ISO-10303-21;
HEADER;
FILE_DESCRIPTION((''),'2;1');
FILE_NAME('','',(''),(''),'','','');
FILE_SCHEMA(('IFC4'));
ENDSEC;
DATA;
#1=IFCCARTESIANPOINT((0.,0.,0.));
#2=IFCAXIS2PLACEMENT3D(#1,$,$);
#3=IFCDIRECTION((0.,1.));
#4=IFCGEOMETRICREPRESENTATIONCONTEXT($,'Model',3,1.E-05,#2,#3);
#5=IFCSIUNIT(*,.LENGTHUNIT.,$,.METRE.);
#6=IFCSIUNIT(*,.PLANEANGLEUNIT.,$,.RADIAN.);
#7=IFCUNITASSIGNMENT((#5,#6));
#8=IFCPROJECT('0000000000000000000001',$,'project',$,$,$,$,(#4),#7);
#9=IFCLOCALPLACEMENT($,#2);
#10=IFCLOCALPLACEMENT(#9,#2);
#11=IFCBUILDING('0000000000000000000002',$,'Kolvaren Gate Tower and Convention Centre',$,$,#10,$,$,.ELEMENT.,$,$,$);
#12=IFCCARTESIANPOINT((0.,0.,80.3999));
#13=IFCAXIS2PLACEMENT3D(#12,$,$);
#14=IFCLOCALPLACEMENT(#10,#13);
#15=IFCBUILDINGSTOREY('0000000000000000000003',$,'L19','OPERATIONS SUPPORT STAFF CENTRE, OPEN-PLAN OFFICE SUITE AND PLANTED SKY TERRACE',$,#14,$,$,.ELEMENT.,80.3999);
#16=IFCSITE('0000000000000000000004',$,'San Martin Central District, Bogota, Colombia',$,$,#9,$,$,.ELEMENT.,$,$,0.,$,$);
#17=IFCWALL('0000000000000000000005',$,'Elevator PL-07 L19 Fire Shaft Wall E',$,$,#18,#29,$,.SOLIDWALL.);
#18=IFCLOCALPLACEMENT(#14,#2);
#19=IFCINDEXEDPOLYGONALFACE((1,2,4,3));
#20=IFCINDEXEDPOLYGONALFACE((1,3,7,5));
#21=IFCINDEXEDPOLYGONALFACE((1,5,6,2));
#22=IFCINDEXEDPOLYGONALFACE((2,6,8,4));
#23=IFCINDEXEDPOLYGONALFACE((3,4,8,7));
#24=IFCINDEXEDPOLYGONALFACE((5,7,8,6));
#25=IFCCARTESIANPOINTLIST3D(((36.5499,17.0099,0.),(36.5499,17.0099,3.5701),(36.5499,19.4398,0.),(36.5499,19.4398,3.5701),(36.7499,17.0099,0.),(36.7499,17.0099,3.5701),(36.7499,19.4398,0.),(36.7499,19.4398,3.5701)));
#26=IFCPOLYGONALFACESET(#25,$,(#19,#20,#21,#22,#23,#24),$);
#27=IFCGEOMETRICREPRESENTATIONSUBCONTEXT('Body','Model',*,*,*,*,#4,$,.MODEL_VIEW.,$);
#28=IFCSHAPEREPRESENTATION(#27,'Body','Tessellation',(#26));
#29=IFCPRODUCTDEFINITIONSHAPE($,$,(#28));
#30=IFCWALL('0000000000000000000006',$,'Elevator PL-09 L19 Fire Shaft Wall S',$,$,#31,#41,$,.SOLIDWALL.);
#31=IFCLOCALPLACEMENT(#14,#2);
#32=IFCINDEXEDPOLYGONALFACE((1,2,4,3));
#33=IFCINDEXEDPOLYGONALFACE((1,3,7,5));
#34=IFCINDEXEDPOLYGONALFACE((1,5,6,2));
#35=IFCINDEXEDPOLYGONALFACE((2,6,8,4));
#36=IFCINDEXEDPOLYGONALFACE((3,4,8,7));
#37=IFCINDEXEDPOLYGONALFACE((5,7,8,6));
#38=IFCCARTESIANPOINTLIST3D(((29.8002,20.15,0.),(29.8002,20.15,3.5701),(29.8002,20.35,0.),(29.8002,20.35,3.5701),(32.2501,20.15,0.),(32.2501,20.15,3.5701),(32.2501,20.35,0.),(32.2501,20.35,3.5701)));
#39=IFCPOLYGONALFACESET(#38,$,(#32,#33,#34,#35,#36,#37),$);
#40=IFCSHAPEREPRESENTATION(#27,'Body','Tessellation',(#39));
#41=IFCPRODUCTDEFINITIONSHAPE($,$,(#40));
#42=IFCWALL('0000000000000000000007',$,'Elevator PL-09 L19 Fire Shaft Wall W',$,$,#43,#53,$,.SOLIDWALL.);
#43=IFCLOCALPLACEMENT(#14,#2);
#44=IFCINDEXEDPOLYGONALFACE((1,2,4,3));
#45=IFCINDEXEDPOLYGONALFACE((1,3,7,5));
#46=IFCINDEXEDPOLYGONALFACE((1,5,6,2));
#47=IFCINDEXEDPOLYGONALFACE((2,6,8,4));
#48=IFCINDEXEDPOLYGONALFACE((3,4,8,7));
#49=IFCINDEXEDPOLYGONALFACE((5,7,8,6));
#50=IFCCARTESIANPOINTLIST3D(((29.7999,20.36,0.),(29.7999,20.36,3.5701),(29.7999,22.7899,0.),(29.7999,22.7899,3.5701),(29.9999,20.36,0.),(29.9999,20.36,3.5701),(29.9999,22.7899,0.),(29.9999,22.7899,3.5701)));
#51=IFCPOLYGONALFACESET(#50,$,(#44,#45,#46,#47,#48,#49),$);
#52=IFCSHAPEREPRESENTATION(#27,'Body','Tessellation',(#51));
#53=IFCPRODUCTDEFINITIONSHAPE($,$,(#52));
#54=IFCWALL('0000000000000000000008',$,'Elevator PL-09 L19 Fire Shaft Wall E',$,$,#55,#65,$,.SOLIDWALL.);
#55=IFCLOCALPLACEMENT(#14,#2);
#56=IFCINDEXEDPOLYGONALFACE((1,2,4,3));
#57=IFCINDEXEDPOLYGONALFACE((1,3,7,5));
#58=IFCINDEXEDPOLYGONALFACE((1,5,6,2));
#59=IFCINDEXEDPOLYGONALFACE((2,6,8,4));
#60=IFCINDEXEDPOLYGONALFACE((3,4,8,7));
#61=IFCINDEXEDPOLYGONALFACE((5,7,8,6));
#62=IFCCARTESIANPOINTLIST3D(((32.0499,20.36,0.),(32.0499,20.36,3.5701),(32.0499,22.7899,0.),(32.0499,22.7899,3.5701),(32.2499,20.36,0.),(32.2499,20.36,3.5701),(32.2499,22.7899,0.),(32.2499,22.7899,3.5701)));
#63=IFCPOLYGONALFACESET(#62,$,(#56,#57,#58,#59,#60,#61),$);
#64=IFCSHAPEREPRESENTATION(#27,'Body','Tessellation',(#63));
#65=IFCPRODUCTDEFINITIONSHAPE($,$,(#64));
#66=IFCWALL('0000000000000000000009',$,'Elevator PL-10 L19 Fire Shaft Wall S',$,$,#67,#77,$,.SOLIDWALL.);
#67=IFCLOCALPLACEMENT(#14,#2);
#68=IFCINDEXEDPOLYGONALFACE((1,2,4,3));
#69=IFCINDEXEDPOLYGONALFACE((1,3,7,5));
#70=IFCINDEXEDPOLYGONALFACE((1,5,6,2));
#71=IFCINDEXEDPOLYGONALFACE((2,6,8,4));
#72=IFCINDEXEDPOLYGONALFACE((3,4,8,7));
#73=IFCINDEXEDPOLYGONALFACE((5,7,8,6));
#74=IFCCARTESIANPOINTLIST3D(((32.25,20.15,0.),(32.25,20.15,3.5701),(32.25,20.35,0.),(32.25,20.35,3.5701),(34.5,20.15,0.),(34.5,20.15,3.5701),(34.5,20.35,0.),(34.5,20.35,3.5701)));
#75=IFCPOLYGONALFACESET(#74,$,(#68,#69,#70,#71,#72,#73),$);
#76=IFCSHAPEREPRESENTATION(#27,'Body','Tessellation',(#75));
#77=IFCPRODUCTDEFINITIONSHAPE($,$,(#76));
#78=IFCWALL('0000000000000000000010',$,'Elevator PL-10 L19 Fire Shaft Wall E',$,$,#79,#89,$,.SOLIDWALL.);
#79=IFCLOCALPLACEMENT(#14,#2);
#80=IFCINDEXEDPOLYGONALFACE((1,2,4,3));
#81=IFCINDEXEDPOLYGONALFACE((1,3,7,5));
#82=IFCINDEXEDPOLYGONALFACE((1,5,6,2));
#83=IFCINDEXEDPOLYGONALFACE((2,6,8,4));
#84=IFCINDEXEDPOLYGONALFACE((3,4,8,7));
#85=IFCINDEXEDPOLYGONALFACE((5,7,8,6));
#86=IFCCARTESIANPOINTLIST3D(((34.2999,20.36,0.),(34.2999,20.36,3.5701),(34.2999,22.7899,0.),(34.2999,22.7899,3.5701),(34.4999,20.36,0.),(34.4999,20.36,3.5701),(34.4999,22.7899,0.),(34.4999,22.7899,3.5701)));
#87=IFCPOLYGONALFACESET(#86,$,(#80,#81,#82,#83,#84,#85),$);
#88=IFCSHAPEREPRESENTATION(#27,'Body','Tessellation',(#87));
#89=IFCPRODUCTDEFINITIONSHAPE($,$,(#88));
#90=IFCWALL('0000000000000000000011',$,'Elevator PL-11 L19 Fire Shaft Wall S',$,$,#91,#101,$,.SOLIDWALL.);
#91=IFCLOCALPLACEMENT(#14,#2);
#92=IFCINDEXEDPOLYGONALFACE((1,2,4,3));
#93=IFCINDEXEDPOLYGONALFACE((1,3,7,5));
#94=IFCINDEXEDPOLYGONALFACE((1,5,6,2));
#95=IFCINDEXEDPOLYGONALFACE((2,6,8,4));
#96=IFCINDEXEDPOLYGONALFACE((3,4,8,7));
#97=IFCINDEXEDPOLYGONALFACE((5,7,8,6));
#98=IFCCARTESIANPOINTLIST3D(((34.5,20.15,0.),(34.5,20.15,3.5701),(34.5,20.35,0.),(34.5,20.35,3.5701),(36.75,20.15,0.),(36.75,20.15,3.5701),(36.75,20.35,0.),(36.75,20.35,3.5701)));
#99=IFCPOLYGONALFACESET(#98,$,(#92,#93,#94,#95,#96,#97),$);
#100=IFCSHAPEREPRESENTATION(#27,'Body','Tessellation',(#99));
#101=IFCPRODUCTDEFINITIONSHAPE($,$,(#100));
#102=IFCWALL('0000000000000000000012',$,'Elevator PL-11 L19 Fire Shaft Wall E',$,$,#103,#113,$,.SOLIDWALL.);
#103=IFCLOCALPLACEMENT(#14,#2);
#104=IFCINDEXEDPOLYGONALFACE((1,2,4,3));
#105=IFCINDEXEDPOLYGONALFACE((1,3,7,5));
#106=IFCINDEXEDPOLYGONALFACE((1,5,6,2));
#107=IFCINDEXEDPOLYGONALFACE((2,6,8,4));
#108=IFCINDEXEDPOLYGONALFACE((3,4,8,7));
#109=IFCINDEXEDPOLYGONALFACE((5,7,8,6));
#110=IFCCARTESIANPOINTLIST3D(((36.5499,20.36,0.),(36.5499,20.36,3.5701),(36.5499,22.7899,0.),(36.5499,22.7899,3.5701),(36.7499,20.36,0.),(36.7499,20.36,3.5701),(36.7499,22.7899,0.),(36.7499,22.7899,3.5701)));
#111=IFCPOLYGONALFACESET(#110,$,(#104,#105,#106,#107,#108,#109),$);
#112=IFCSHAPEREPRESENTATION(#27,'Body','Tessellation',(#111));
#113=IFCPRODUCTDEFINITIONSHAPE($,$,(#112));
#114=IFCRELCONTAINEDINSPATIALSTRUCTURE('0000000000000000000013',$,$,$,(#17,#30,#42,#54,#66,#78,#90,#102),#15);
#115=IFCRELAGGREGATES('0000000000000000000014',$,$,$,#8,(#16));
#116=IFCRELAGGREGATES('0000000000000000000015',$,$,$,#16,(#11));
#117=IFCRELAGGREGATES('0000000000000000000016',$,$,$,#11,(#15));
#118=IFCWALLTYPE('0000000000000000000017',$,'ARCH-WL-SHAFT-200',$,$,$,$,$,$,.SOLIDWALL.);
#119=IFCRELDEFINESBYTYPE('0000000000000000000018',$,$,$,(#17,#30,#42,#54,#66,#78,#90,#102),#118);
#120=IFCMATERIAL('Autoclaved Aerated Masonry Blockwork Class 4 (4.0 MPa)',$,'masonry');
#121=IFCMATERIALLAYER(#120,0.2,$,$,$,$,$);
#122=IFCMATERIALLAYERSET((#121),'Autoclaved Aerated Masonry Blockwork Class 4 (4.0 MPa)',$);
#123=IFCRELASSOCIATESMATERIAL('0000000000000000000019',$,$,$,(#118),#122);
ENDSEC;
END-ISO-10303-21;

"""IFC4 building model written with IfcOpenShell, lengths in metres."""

from ifc_helpers import new_model, si_unit, direction, frame, frame_2d, origin, place, context, subcontext, project, spatial, rectangle, extrude, material, layer, layer_set, type_object, element, save


model = new_model("IFC4")

# Units and contexts
model_context = context("Model", 3, precision=1e-05, world=origin(), true_north=direction((0.0, 1.0)))
body_context = subcontext(model_context, "Body", "Model", "MODEL_VIEW")
ifc_project = project(units=[si_unit("LENGTHUNIT", "METRE"), si_unit("PLANEANGLEUNIT", "RADIAN")], contexts=[model_context])

# Site, building, storey
site_placement = place(None, origin())
site = spatial("IfcSite", under=ifc_project, at=site_placement, Name="San Martin Central District, Bogota, Colombia", CompositionType="ELEMENT", RefElevation=0.0)
building_placement = place(site_placement, origin())
building = spatial("IfcBuilding", under=site, at=building_placement, Name="Kolvaren Gate Tower and Convention Centre", CompositionType="ELEMENT")
storey_placement = place(building_placement, frame((0.0, 0.0, 80.3999)))
storey = spatial("IfcBuildingStorey", under=building, at=storey_placement, Name="L19", Description="OPERATIONS SUPPORT STAFF CENTRE, OPEN-PLAN OFFICE SUITE AND PLANTED SKY TERRACE", CompositionType="ELEMENT", Elevation=80.3999)

# Shared definitions
ifc_material_1 = material(Name="Autoclaved Aerated Masonry Blockwork Class 4 (4.0 MPa)", Category="masonry")

# Walls
ifc_layer_1 = layer(ifc_material_1, 0.2)
ifc_layer_set_1 = layer_set([ifc_layer_1], Name="Autoclaved Aerated Masonry Blockwork Class 4 (4.0 MPa)")
wall_type_1 = type_object("IfcWallType", Name="ARCH-WL-SHAFT-200", PredefinedType="SOLIDWALL", material=ifc_layer_set_1)
wall_1_placement = place(storey_placement, frame((36.6499, 17.01, 0.0), z_axis=(0.0, 0.0, 1.0), x_axis=(0.0, 1.0, 0.0)))
element("IfcWall", 1, at=wall_1_placement, inside=storey, type_object=wall_type_1, Name="Elevator PL-07 L19 Fire Shaft Wall E", PredefinedType="SOLIDWALL", context=body_context, shape_type="SweptSolid", body=[
    extrude(rectangle(XDim=2.4299, YDim=0.2, at=frame_2d((1.2148, 0.0))), origin(), (0.0, 0.0, 1.0), 3.5701),
])
wall_2_placement = place(storey_placement, frame((29.8, 20.25, 0.0), z_axis=(0.0, 0.0, 1.0), x_axis=(1.0, 0.0, 0.0)))
element("IfcWall", 2, at=wall_2_placement, inside=storey, type_object=wall_type_1, Name="Elevator PL-09 L19 Fire Shaft Wall S", PredefinedType="SOLIDWALL", context=body_context, shape_type="SweptSolid", body=[
    extrude(rectangle(XDim=2.45, YDim=0.2, at=frame_2d((1.2251, 0.0))), origin(), (0.0, 0.0, 1.0), 3.5701),
])
for number, where, z_axis, x_axis, name in (
    (3, (29.8999, 20.3601, 0.0), (0.0, 0.0, 1.0), (0.0, 1.0, 0.0), "Elevator PL-09 L19 Fire Shaft Wall W"),
    (4, (32.1499, 20.3601, 0.0), (0.0, 0.0, 1.0), (0.0, 1.0, 0.0), "Elevator PL-09 L19 Fire Shaft Wall E"),
):
    element("IfcWall", number, at=place(storey_placement, frame(where, z_axis=z_axis, x_axis=x_axis)), inside=storey, type_object=wall_type_1, Name=name, PredefinedType="SOLIDWALL", context=body_context, shape_type="SweptSolid", body=[
        extrude(rectangle(XDim=2.4299, YDim=0.2, at=frame_2d((1.2148, 0.0))), origin(), (0.0, 0.0, 1.0), 3.5701),
    ])
wall_3_placement = place(storey_placement, frame((32.25, 20.25, 0.0), z_axis=(0.0, 0.0, 1.0), x_axis=(1.0, 0.0, 0.0)))
element("IfcWall", 5, at=wall_3_placement, inside=storey, type_object=wall_type_1, Name="Elevator PL-10 L19 Fire Shaft Wall S", PredefinedType="SOLIDWALL", context=body_context, shape_type="SweptSolid", body=[
    extrude(rectangle(XDim=2.25, YDim=0.2, at=frame_2d((1.125, 0.0))), origin(), (0.0, 0.0, 1.0), 3.5701),
])
wall_4_placement = place(storey_placement, frame((34.3999, 20.3601, 0.0), z_axis=(0.0, 0.0, 1.0), x_axis=(0.0, 1.0, 0.0)))
element("IfcWall", 6, at=wall_4_placement, inside=storey, type_object=wall_type_1, Name="Elevator PL-10 L19 Fire Shaft Wall E", PredefinedType="SOLIDWALL", context=body_context, shape_type="SweptSolid", body=[
    extrude(rectangle(XDim=2.4299, YDim=0.2, at=frame_2d((1.2148, 0.0))), origin(), (0.0, 0.0, 1.0), 3.5701),
])
wall_5_placement = place(storey_placement, frame((34.5, 20.25, 0.0), z_axis=(0.0, 0.0, 1.0), x_axis=(1.0, 0.0, 0.0)))
element("IfcWall", 7, at=wall_5_placement, inside=storey, type_object=wall_type_1, Name="Elevator PL-11 L19 Fire Shaft Wall S", PredefinedType="SOLIDWALL", context=body_context, shape_type="SweptSolid", body=[
    extrude(rectangle(XDim=2.25, YDim=0.2, at=frame_2d((1.125, 0.0))), origin(), (0.0, 0.0, 1.0), 3.5701),
])
wall_6_placement = place(storey_placement, frame((36.6499, 20.3601, 0.0), z_axis=(0.0, 0.0, 1.0), x_axis=(0.0, 1.0, 0.0)))
element("IfcWall", 8, at=wall_6_placement, inside=storey, type_object=wall_type_1, Name="Elevator PL-11 L19 Fire Shaft Wall E", PredefinedType="SOLIDWALL", context=body_context, shape_type="SweptSolid", body=[
    extrude(rectangle(XDim=2.4299, YDim=0.2, at=frame_2d((1.2148, 0.0))), origin(), (0.0, 0.0, 1.0), 3.5701),
])

save(model, "model.ifc")
